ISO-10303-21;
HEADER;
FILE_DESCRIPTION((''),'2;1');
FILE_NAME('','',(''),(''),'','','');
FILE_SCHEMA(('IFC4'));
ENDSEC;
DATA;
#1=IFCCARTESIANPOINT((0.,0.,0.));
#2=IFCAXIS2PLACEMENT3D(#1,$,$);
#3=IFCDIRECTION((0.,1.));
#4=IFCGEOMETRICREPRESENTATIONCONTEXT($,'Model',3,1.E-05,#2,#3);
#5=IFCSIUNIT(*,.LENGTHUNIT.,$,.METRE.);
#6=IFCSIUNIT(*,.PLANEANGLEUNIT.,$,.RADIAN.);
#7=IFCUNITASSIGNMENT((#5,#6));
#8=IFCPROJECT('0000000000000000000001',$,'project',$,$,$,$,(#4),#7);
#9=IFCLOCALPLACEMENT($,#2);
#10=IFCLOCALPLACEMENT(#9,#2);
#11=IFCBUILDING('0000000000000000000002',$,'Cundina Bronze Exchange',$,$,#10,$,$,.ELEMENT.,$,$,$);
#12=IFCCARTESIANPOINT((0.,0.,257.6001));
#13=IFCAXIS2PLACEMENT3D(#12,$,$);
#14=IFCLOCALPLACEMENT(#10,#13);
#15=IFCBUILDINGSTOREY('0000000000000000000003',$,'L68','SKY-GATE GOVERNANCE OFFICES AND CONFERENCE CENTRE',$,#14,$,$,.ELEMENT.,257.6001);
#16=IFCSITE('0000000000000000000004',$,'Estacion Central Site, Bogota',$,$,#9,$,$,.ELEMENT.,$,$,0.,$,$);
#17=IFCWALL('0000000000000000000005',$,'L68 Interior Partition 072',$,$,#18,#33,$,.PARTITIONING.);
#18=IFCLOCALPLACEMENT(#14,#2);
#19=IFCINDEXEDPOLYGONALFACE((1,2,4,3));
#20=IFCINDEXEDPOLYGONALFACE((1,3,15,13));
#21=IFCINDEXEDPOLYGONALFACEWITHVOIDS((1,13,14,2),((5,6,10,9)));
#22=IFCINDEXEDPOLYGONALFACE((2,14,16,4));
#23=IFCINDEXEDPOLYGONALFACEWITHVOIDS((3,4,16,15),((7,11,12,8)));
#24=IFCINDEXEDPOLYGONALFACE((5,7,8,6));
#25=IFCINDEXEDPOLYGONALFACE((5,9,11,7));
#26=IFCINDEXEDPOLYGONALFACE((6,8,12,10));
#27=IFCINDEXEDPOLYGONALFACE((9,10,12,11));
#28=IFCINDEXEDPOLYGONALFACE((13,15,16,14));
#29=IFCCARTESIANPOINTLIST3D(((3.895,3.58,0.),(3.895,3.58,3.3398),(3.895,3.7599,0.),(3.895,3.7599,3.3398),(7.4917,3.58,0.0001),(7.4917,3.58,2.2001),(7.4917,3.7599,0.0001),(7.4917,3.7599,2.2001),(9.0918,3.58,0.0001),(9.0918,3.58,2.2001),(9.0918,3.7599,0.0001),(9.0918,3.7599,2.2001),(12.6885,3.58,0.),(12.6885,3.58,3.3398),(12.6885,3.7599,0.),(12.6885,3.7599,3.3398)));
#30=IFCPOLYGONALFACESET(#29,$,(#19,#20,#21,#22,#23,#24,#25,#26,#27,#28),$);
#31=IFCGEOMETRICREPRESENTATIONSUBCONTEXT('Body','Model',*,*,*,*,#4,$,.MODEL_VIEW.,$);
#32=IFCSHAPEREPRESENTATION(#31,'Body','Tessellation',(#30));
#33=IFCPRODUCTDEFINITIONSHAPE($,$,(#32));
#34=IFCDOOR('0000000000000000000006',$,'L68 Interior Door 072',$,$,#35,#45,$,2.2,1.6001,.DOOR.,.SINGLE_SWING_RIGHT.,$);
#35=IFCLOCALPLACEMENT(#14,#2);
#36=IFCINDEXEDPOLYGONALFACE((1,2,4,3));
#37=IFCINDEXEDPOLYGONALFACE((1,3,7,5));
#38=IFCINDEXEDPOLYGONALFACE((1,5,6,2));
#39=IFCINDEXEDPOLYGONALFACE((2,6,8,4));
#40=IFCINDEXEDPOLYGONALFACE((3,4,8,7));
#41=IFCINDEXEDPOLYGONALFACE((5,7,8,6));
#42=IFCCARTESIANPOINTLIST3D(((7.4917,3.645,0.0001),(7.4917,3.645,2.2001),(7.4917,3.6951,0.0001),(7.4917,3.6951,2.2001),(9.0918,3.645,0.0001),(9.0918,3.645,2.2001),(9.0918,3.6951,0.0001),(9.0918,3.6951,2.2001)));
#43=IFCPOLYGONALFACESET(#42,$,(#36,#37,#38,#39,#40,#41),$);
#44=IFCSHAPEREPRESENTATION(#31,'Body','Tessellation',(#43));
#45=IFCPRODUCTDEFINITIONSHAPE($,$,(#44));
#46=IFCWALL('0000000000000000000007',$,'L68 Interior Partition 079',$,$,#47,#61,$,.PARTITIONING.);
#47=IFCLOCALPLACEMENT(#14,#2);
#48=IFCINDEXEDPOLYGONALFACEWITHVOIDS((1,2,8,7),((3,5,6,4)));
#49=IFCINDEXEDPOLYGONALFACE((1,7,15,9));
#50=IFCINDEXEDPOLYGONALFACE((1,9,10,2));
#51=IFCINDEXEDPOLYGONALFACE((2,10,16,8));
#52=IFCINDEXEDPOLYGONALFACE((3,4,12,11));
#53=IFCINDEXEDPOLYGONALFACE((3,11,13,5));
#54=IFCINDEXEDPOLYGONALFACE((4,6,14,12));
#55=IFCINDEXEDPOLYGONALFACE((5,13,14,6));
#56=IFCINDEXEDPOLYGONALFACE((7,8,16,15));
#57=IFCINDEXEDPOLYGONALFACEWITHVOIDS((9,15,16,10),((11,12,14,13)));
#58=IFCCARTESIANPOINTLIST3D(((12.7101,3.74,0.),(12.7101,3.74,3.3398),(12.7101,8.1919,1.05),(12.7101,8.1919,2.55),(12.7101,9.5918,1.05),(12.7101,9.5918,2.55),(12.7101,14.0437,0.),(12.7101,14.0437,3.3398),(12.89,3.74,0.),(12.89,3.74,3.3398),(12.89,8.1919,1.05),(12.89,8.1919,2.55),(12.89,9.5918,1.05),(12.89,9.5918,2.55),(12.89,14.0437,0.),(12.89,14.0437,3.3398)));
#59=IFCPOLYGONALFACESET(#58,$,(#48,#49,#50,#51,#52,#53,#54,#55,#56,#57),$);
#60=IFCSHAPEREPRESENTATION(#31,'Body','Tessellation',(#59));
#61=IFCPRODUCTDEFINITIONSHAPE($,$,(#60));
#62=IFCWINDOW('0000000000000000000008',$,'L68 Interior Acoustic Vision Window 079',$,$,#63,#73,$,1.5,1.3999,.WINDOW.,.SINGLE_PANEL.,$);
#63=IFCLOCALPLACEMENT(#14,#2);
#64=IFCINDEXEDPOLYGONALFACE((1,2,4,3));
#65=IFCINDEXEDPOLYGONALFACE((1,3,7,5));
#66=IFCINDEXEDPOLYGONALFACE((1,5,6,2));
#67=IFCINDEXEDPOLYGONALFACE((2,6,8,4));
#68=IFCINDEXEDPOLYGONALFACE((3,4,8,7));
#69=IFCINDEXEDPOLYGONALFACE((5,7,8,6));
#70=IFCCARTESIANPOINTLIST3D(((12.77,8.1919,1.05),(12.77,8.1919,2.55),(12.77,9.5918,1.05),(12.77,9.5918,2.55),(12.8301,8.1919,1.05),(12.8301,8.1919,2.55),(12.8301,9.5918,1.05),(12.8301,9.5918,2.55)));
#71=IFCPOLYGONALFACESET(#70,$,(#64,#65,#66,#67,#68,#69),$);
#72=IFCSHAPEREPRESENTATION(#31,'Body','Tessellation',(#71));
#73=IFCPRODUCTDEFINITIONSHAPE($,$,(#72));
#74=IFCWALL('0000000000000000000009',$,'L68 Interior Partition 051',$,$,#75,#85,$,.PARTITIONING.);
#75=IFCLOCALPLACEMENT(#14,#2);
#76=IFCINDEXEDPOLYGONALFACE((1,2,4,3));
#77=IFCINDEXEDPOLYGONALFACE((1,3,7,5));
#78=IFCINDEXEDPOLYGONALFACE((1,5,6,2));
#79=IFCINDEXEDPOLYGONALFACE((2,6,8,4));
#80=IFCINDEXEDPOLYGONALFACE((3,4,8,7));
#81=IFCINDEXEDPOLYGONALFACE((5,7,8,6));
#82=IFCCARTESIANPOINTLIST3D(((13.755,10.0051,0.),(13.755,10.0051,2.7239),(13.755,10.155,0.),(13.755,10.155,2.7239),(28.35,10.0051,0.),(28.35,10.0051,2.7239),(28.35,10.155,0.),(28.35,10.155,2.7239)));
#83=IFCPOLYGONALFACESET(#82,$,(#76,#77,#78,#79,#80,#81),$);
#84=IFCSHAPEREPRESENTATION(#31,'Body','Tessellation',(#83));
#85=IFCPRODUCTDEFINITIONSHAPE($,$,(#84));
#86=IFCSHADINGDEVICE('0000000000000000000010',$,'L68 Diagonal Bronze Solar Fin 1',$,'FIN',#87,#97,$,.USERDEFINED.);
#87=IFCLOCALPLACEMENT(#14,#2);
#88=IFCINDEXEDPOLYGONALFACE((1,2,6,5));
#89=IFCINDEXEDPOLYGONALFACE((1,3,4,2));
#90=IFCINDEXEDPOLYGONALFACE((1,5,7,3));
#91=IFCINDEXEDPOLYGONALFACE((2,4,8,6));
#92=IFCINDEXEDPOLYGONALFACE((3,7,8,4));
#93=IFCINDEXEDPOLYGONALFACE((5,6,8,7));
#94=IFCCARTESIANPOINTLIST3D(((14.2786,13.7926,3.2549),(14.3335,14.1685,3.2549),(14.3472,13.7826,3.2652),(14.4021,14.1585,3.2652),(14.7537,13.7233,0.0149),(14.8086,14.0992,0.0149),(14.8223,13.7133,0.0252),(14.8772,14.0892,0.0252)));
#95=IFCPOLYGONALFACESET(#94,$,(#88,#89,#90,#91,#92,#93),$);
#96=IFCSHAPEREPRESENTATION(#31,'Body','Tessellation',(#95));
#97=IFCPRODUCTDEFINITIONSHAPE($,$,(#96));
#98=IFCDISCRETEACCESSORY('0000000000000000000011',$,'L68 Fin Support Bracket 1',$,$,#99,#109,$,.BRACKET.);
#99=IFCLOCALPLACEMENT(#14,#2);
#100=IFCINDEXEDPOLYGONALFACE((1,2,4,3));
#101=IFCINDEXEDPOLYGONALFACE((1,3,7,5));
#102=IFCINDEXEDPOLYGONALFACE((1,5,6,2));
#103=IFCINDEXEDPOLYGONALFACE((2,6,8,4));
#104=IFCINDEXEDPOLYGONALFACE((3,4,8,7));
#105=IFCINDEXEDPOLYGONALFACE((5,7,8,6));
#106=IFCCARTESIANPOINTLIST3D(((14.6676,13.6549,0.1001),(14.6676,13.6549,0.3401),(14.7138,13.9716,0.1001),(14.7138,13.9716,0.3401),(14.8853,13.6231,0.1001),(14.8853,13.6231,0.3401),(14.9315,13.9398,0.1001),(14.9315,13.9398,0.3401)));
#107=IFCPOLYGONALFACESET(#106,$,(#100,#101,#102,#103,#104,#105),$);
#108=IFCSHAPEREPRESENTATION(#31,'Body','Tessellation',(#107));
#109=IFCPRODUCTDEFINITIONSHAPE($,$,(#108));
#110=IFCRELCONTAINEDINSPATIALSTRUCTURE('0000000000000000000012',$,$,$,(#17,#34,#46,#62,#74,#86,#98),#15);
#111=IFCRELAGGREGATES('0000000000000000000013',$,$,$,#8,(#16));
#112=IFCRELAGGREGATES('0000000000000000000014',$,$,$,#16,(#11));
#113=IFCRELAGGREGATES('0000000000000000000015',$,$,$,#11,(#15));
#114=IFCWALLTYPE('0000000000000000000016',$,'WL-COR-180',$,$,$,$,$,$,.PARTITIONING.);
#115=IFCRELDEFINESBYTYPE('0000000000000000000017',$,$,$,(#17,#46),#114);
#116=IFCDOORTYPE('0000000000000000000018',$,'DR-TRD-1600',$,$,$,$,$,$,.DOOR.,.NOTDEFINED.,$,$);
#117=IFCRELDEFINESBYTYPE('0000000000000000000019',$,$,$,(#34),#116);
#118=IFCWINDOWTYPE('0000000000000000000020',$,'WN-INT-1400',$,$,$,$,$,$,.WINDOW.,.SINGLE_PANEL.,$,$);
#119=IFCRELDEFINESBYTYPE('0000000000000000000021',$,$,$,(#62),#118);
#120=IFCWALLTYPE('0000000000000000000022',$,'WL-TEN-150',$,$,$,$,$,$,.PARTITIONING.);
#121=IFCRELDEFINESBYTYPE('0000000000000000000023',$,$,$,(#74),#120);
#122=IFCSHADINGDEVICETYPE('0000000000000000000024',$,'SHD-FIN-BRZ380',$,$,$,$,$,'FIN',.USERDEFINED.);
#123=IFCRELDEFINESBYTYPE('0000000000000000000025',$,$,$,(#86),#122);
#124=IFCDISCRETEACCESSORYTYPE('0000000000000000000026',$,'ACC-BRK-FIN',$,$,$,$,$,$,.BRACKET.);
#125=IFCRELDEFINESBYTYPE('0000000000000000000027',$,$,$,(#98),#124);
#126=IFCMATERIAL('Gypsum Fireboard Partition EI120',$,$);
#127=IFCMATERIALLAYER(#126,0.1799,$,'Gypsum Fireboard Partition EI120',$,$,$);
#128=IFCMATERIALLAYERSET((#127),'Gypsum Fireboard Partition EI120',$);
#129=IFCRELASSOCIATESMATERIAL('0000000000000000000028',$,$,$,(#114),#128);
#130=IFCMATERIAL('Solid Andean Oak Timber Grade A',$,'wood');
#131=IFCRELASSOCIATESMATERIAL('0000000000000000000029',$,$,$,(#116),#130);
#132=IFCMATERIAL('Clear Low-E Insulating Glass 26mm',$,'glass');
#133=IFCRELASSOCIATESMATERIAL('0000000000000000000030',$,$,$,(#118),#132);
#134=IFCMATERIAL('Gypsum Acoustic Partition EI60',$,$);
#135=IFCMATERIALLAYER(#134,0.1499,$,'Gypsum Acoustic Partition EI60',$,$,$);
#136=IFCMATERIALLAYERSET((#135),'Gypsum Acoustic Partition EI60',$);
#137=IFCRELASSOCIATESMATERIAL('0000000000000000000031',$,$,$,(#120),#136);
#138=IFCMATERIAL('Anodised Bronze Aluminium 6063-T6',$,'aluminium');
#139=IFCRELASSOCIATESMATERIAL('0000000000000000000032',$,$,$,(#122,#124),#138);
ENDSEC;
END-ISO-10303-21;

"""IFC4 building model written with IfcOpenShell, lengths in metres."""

from ifc_helpers import new_model, si_unit, direction, frame, frame_2d, origin, origin_2d, place, context, subcontext, project, spatial, rectangle, extrude, material, layer, layer_set, material_profile, profile_set, type_object, element, fill, save


model = new_model("IFC4")

# Units and contexts
model_context = context("Model", 3, precision=1e-05, world=origin(), true_north=direction((0.0, 1.0)))
body_context = subcontext(model_context, "Body", "Model", "MODEL_VIEW")
ifc_project = project(units=[si_unit("LENGTHUNIT", "METRE"), si_unit("PLANEANGLEUNIT", "RADIAN")], contexts=[model_context])

# Site, building, storey
site_placement = place(None, origin())
site = spatial("IfcSite", under=ifc_project, at=site_placement, Name="Estacion Central Site, Bogota", CompositionType="ELEMENT", RefElevation=0.0)
building_placement = place(site_placement, origin())
building = spatial("IfcBuilding", under=site, at=building_placement, Name="Cundina Bronze Exchange", CompositionType="ELEMENT")
storey_placement = place(building_placement, frame((0.0, 0.0, 257.6001)))
storey = spatial("IfcBuildingStorey", under=building, at=storey_placement, Name="L68", Description="SKY-GATE GOVERNANCE OFFICES AND CONFERENCE CENTRE", CompositionType="ELEMENT", Elevation=257.6001)

# Shared definitions
ifc_material_1 = material(Name="Anodised Bronze Aluminium 6063-T6", Category="aluminium")

# Shared definitions
ifc_material_2 = material(Name="Gypsum Fireboard Partition EI120")
ifc_layer_1 = layer(ifc_material_2, 0.1799, Name="Gypsum Fireboard Partition EI120")
ifc_layer_set_1 = layer_set([ifc_layer_1], Name="Gypsum Fireboard Partition EI120")
wall_type_1 = type_object("IfcWallType", Name="WL-COR-180", PredefinedType="PARTITIONING", material=ifc_layer_set_1)

# Wall, opening, door
wall_1_placement = place(storey_placement, frame((12.6885, 3.6699, 0.0), z_axis=(0.0, 0.0, 1.0), x_axis=(-1.0, 0.0, 0.0)))
wall_1 = element("IfcWall", 1, at=wall_1_placement, inside=storey, type_object=wall_type_1, Name="L68 Interior Partition 072", PredefinedType="PARTITIONING", context=body_context, shape_type="SweptSolid", body=[
    extrude(rectangle(XDim=8.7935, YDim=0.1799, at=frame_2d((4.3967, 0.0))), origin(), (0.0, 0.0, 1.0), 3.3398),
])
opening_1_placement = place(wall_1_placement, frame((3.5967, 0.0, 0.0)))
opening_1 = element("IfcOpeningElement", 2, at=opening_1_placement, cuts=wall_1, PredefinedType="OPENING", context=body_context, shape_type="SweptSolid", body=[
    extrude(rectangle(XDim=1.6001, YDim=2.2, at=frame_2d((0.8, 1.1001))), frame((0.0, 0.0999, 0.0), z_axis=(0.0, -1.0, 0.0), x_axis=(1.0, 0.0, 0.0)), (0.0, 0.0, 1.0), 0.2),
])
ifc_material_3 = material(Name="Solid Andean Oak Timber Grade A", Category="wood")
door_type = type_object("IfcDoorType", Name="DR-TRD-1600", OperationType="NOTDEFINED", PredefinedType="DOOR", material=ifc_material_3)
door_placement = place(opening_1_placement, origin())
door = element("IfcDoor", 3, at=door_placement, inside=storey, type_object=door_type, Name="L68 Interior Door 072", OperationType="SINGLE_SWING_RIGHT", OverallHeight=2.2, OverallWidth=1.6001, PredefinedType="DOOR", context=body_context, shape_type="SweptSolid", body=[
    extrude(rectangle(XDim=1.6001, YDim=2.2, at=frame_2d((0.8, 1.1001))), frame((0.0, 0.0249, 0.0), z_axis=(0.0, -1.0, 0.0), x_axis=(1.0, 0.0, 0.0)), (0.0, 0.0, 1.0), 0.05),
])
fill(opening_1, door)

# Wall, opening, window
wall_2_placement = place(storey_placement, frame((12.8, 3.74, 0.0), z_axis=(0.0, 0.0, 1.0), x_axis=(0.0, 1.0, 0.0)))
wall_2 = element("IfcWall", 4, at=wall_2_placement, inside=storey, type_object=wall_type_1, Name="L68 Interior Partition 079", PredefinedType="PARTITIONING", context=body_context, shape_type="SweptSolid", body=[
    extrude(rectangle(XDim=10.3037, YDim=0.1799, at=frame_2d((5.1519, 0.0))), origin(), (0.0, 0.0, 1.0), 3.3398),
])
opening_2_placement = place(wall_2_placement, frame((4.4519, 0.0, 1.05)))
opening_2 = element("IfcOpeningElement", 5, at=opening_2_placement, cuts=wall_2, PredefinedType="OPENING", context=body_context, shape_type="SweptSolid", body=[
    extrude(rectangle(XDim=1.3999, YDim=1.5, at=frame_2d((0.7, 0.75))), frame((0.0, 0.0999, 0.0), z_axis=(0.0, -1.0, 0.0), x_axis=(1.0, 0.0, 0.0)), (0.0, 0.0, 1.0), 0.2),
])
ifc_material_4 = material(Name="Clear Low-E Insulating Glass 26mm", Category="glass")
window_type = type_object("IfcWindowType", Name="WN-INT-1400", PartitioningType="SINGLE_PANEL", PredefinedType="WINDOW", material=ifc_material_4)
window_placement = place(opening_2_placement, origin())
window = element("IfcWindow", 6, at=window_placement, inside=storey, type_object=window_type, Name="L68 Interior Acoustic Vision Window 079", OverallHeight=1.5, OverallWidth=1.3999, PartitioningType="SINGLE_PANEL", PredefinedType="WINDOW", context=body_context, shape_type="SweptSolid", body=[
    extrude(rectangle(XDim=1.3999, YDim=1.5, at=frame_2d((0.7, 0.75))), frame((0.0, 0.03, 0.0), z_axis=(0.0, -1.0, 0.0), x_axis=(1.0, 0.0, 0.0)), (0.0, 0.0, 1.0), 0.0601),
])
fill(opening_2, window)

# Wall
ifc_material_5 = material(Name="Gypsum Acoustic Partition EI60")
ifc_layer_2 = layer(ifc_material_5, 0.1499, Name="Gypsum Acoustic Partition EI60")
ifc_layer_set_2 = layer_set([ifc_layer_2], Name="Gypsum Acoustic Partition EI60")
wall_type_2 = type_object("IfcWallType", Name="WL-TEN-150", PredefinedType="PARTITIONING", material=ifc_layer_set_2)
wall_3_placement = place(storey_placement, frame((13.7551, 10.0801, 0.0), z_axis=(0.0, 0.0, 1.0), x_axis=(1.0, 0.0, 0.0)))
element("IfcWall", 7, at=wall_3_placement, inside=storey, type_object=wall_type_2, Name="L68 Interior Partition 051", PredefinedType="PARTITIONING", context=body_context, shape_type="SweptSolid", body=[
    extrude(rectangle(XDim=14.595, YDim=0.1499, at=frame_2d((7.2974, 0.0))), origin(), (0.0, 0.0, 1.0), 2.7239),
])

# Shading device
ifc_material_profile_1 = material_profile(ifc_material_1, rectangle(XDim=0.0701, YDim=0.3799, at=origin_2d()), Name="FIN70X380", Category="aluminium")
ifc_profile_set_1 = profile_set([ifc_material_profile_1], Name="Anodised Bronze Aluminium 6063-T6")
shading_device_type = type_object("IfcShadingDeviceType", Name="SHD-FIN-BRZ380", ElementType="FIN", PredefinedType="USERDEFINED", material=ifc_profile_set_1)
shading_device_placement = place(storey_placement, frame((14.8154, 13.9062, 0.02), z_axis=(-0.145052, 0.021169, 0.989198), x_axis=(0.978829, -0.142851, 0.146588)))
element("IfcShadingDevice", 8, at=shading_device_placement, inside=storey, type_object=shading_device_type, Name="L68 Diagonal Bronze Solar Fin 1", ObjectType="FIN", PredefinedType="USERDEFINED", context=body_context, shape_type="SweptSolid", body=[
    extrude(rectangle(XDim=0.0701, YDim=0.3799, at=origin_2d()), origin(), (0.0, 0.0, 1.0), 3.2754),
])

# Discrete accessory
discrete_accessory_type = type_object("IfcDiscreteAccessoryType", Name="ACC-BRK-FIN", PredefinedType="BRACKET", material=ifc_material_1)
discrete_accessory_placement = place(storey_placement, frame((14.7996, 13.7974, 0.1001), z_axis=(0.0, 0.0, 1.0), x_axis=(-0.989528, 0.144339, 0.0)))
element("IfcDiscreteAccessory", 9, at=discrete_accessory_placement, inside=storey, type_object=discrete_accessory_type, Name="L68 Fin Support Bracket 1", PredefinedType="BRACKET", context=body_context, shape_type="SweptSolid", body=[
    extrude(rectangle(XDim=0.22, YDim=0.3201, at=origin_2d()), origin(), (0.0, 0.0, 1.0), 0.24),
])

save(model, "model.ifc")
